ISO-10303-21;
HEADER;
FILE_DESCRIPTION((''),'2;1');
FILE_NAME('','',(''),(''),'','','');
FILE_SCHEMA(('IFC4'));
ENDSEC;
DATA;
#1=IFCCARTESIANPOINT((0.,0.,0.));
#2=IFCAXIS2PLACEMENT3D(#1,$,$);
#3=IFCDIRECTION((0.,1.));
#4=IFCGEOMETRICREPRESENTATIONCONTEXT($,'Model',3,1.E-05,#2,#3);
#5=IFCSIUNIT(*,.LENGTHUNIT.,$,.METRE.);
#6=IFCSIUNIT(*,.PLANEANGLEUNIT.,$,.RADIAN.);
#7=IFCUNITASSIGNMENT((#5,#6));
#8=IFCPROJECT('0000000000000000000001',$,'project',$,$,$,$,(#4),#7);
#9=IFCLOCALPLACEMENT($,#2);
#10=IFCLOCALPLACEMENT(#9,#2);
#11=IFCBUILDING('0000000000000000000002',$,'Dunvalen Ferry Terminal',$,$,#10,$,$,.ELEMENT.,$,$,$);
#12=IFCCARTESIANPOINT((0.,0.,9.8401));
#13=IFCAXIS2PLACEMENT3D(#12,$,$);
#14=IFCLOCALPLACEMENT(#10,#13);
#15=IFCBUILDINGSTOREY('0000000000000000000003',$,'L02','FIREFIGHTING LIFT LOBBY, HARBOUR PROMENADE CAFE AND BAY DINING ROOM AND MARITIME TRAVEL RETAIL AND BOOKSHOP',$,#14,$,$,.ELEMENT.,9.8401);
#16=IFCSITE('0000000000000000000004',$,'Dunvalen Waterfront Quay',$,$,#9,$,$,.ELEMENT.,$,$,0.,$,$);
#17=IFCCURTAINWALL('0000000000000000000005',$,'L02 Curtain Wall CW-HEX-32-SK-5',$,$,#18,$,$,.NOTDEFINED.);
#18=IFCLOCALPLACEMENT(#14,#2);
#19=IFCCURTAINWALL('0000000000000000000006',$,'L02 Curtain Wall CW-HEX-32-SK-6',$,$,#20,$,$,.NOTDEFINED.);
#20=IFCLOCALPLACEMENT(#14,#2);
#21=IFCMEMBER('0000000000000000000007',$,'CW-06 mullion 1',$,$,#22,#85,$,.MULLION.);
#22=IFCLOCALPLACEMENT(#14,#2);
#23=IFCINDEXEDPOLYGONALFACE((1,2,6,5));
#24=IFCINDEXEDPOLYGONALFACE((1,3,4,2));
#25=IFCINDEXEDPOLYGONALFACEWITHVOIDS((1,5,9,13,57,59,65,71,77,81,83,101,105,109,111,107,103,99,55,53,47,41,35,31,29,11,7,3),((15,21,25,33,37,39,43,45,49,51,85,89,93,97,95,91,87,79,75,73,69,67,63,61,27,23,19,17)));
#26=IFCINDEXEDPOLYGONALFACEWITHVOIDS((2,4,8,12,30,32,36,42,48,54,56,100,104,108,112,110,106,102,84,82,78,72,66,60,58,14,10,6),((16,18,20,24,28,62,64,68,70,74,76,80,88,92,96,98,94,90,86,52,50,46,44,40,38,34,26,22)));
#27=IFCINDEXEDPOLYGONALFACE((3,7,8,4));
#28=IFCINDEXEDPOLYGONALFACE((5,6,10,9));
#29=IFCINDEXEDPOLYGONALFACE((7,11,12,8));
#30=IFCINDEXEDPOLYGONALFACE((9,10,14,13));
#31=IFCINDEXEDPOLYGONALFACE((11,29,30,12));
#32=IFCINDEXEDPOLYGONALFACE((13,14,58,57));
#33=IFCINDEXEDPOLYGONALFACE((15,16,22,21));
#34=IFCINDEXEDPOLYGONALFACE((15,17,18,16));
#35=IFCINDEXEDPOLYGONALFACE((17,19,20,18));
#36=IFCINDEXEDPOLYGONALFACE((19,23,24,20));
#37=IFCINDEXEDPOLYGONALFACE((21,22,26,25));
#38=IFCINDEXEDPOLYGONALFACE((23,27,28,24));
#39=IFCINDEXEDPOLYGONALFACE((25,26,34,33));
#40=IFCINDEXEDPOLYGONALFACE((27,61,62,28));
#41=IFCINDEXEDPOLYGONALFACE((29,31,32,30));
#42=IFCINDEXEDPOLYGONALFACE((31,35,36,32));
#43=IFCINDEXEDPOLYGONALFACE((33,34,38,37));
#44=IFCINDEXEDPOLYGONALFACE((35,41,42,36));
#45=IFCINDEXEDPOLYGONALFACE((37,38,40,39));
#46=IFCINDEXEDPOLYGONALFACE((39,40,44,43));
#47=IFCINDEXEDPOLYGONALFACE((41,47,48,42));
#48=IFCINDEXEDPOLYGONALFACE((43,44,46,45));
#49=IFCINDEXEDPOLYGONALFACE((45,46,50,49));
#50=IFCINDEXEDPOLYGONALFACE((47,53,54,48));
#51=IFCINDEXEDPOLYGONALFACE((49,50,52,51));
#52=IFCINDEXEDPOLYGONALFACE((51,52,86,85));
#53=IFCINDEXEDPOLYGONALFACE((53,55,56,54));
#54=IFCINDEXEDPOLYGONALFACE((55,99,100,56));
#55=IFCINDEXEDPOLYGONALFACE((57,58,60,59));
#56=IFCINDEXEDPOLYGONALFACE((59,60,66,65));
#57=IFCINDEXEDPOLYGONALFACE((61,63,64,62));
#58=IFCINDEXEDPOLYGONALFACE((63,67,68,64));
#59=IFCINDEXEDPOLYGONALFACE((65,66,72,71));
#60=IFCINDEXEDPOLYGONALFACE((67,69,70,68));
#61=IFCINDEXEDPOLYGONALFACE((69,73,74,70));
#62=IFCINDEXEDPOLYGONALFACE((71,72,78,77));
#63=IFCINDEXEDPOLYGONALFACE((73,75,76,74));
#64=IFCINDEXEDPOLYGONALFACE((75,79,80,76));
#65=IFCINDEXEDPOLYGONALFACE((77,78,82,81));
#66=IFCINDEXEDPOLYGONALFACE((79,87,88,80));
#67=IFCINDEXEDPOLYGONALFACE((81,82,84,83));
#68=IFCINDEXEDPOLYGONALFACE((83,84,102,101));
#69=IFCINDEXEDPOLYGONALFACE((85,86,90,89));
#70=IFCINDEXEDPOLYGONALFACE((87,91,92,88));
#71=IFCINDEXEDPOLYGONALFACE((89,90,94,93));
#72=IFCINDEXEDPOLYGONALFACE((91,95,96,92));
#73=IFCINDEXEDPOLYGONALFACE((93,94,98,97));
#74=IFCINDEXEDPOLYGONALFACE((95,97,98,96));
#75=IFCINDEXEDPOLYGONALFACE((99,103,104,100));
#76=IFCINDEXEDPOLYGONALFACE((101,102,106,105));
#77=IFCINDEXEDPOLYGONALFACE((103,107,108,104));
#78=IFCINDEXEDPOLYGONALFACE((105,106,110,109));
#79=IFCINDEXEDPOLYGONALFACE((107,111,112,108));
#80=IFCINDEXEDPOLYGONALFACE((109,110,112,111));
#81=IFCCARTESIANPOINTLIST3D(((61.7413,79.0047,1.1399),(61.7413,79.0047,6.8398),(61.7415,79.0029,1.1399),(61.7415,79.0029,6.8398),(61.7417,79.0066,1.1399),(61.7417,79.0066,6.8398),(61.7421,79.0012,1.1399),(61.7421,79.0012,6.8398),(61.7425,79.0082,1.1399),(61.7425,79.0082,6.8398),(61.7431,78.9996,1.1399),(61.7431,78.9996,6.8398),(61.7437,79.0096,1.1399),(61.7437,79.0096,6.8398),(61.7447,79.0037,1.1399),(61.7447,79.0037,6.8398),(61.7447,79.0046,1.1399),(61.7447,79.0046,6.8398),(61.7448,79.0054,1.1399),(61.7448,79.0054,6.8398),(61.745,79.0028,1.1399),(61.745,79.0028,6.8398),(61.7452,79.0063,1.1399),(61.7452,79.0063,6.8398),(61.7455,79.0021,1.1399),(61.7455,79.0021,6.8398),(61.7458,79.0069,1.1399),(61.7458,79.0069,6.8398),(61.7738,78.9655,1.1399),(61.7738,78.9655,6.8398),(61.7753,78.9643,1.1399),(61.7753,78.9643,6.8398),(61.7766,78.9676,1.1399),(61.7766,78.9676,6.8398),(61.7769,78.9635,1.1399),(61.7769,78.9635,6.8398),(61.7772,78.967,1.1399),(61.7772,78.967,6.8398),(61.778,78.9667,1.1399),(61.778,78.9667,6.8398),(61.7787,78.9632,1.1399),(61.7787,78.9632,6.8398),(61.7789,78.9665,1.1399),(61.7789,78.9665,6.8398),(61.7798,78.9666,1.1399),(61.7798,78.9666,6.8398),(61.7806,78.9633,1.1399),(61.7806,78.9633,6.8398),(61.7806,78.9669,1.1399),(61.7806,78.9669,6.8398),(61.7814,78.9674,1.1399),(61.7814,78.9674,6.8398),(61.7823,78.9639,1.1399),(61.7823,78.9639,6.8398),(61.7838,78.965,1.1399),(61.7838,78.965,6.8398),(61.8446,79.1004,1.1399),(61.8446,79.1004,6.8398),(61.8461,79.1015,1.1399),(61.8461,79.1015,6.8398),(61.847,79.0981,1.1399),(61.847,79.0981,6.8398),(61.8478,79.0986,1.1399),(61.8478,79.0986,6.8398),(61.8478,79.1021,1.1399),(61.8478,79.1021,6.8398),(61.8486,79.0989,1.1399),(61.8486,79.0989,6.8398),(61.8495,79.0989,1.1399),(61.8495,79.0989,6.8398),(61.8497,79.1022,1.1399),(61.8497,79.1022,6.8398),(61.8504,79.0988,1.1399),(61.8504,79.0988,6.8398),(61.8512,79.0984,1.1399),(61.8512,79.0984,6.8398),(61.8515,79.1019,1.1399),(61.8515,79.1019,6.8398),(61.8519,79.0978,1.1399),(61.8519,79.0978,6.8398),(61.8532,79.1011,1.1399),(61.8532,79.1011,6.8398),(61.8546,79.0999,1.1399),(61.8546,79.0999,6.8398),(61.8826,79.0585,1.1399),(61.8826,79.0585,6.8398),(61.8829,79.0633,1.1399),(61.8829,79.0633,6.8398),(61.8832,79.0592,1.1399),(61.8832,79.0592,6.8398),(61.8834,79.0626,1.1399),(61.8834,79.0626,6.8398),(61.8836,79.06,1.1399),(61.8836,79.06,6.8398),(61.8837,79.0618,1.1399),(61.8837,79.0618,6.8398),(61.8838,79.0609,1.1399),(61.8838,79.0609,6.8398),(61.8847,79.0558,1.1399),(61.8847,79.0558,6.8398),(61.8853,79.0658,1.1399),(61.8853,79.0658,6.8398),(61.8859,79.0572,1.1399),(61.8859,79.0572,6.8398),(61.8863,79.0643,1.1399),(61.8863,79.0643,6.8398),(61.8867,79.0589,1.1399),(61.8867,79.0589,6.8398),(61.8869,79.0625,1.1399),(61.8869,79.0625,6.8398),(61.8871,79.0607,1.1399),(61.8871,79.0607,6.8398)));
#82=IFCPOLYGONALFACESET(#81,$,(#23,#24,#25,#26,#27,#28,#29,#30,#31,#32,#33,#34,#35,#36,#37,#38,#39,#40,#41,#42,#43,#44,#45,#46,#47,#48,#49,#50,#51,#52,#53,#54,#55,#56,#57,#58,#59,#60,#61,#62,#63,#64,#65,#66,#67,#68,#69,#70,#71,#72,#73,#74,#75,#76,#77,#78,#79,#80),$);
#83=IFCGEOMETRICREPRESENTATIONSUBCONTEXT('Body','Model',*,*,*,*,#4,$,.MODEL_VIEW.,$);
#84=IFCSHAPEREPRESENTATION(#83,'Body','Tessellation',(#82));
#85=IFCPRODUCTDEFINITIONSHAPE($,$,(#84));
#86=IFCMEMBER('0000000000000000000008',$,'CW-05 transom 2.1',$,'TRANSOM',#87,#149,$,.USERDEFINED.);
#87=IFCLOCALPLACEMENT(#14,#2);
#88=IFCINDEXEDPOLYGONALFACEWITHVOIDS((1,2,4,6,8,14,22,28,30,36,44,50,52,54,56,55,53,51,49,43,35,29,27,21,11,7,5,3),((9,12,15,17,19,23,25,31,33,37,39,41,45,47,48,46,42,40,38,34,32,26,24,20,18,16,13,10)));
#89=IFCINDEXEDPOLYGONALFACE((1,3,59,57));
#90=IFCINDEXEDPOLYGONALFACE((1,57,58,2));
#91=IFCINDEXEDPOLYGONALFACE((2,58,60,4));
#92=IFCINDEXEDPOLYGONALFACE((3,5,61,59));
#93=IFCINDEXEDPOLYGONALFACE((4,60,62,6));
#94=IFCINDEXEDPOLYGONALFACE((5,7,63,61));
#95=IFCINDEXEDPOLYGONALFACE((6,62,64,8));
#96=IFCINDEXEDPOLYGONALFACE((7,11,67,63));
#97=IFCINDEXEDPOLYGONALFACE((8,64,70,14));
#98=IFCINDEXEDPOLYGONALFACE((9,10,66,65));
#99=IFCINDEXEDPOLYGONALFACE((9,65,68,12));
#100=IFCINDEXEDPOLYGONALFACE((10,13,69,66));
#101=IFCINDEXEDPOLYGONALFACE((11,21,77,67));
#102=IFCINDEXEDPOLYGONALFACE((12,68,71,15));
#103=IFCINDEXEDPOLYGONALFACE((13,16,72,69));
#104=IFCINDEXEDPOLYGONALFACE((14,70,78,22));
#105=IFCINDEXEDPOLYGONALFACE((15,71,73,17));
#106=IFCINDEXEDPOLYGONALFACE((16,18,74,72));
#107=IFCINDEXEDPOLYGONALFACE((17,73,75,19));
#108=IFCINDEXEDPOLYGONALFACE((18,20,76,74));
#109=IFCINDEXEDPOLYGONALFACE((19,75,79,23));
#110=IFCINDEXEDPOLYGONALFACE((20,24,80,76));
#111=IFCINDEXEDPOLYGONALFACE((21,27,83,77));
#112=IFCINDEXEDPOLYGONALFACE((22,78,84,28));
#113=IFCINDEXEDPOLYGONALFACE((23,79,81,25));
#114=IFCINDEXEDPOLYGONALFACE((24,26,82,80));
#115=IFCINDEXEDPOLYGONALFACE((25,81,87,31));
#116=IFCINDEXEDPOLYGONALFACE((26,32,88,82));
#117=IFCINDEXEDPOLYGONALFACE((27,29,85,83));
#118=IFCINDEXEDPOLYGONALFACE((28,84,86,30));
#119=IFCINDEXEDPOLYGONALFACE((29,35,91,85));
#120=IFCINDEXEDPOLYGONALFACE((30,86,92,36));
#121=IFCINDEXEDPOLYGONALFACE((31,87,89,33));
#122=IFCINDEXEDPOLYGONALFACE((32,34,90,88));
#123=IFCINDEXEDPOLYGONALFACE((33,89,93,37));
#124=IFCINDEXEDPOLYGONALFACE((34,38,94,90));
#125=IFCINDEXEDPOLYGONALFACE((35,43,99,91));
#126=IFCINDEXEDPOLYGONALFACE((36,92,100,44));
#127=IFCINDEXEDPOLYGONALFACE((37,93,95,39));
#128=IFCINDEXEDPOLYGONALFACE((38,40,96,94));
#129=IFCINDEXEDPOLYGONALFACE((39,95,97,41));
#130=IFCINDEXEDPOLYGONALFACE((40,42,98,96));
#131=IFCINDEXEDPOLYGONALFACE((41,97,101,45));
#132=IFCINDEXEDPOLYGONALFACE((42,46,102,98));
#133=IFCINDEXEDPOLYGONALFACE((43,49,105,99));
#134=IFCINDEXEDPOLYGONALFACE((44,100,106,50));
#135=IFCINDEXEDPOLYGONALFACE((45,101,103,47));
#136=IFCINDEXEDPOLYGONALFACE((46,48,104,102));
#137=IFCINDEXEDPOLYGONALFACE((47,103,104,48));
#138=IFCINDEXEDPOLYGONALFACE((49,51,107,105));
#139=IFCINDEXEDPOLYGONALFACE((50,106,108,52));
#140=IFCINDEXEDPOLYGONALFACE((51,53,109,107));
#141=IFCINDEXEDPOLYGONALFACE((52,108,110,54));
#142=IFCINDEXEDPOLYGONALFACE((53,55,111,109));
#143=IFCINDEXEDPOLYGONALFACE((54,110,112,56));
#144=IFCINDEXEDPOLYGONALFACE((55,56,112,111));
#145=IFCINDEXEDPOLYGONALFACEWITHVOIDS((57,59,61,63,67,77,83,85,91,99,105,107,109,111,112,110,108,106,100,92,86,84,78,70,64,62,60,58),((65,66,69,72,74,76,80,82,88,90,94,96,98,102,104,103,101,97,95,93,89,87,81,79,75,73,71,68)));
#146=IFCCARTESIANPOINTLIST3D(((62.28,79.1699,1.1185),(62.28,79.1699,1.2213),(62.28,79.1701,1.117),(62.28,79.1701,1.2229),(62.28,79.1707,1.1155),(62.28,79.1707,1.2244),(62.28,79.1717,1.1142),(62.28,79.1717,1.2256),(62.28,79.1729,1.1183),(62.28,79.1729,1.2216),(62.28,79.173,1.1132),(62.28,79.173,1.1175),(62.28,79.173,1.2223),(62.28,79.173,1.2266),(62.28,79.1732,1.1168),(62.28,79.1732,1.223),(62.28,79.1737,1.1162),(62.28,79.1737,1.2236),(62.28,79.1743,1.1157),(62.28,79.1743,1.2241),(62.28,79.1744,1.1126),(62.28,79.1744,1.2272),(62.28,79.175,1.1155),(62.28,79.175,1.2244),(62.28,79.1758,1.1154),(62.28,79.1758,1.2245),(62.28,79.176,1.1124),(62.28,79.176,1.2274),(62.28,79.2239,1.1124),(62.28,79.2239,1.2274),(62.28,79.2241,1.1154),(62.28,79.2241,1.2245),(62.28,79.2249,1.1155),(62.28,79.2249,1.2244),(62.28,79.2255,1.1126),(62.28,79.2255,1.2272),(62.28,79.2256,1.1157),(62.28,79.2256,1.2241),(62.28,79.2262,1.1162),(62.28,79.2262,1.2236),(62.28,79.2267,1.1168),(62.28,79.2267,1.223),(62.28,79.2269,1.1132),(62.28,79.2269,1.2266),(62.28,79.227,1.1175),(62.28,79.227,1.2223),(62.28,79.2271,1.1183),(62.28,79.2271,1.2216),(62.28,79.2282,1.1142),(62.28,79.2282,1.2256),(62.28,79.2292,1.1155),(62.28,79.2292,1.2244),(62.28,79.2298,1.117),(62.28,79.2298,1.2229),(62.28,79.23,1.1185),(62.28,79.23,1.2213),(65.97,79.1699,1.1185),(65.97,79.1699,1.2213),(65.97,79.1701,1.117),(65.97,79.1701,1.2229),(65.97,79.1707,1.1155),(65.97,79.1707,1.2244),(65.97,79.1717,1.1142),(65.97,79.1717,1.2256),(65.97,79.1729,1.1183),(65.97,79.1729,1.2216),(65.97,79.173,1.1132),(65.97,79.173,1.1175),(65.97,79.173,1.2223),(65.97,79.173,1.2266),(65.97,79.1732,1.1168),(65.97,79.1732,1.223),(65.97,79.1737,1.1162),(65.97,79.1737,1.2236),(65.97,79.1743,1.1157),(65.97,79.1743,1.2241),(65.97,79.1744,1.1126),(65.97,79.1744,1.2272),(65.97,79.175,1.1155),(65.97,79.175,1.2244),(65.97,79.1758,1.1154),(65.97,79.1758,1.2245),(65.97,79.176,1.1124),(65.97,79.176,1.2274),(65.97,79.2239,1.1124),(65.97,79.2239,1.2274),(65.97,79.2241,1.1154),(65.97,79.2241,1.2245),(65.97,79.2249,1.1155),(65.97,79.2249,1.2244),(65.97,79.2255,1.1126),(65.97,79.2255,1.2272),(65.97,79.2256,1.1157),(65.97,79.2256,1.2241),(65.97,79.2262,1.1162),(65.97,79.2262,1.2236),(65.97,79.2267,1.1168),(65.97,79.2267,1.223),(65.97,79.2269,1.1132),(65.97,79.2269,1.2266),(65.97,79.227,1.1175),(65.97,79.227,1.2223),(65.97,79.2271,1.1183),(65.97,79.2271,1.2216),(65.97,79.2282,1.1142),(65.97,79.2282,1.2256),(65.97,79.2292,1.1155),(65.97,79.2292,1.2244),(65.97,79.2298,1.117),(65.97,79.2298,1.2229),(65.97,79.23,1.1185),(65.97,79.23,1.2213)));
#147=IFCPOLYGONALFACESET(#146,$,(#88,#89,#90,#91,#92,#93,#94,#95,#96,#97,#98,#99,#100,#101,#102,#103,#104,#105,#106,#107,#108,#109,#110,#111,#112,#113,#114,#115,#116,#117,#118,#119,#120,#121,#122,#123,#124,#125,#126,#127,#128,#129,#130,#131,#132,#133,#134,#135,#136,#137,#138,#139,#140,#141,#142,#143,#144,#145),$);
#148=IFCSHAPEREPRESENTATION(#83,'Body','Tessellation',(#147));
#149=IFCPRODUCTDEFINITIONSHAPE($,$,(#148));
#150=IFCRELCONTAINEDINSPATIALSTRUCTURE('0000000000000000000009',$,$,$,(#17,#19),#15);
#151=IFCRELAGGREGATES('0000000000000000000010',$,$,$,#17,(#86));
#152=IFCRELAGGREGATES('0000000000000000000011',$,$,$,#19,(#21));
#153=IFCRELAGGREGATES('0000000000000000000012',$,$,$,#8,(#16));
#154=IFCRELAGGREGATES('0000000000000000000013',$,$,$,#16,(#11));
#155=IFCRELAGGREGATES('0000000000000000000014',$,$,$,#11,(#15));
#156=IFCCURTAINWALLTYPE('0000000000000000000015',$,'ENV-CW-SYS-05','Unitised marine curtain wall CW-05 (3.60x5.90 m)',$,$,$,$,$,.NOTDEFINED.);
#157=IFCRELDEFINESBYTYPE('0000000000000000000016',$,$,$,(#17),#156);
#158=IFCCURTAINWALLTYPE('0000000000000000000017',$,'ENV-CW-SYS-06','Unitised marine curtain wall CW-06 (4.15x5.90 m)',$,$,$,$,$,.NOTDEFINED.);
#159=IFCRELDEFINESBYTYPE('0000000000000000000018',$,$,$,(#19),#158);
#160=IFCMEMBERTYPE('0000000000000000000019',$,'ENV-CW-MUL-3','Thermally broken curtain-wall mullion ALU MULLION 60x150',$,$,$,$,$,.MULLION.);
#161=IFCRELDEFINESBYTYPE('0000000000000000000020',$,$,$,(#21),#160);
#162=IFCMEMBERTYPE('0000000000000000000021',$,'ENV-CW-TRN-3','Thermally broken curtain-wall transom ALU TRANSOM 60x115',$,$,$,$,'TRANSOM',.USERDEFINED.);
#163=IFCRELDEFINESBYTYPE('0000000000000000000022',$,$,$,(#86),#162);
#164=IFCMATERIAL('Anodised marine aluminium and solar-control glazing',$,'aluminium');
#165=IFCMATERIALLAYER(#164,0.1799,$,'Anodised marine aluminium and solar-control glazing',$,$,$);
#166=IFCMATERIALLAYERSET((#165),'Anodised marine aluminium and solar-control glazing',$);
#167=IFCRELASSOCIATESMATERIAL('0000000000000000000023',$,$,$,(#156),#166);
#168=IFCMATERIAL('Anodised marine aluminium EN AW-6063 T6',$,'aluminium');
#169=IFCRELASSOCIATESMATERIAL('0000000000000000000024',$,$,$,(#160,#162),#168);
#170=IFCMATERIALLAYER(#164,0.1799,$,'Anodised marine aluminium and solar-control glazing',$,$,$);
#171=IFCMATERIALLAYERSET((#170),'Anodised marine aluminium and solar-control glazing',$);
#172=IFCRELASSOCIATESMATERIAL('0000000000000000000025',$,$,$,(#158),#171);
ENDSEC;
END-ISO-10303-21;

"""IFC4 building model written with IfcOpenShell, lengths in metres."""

from ifc_helpers import new_model, si_unit, direction, frame, origin, origin_2d, place, context, subcontext, project, spatial, hollow_rectangle, extrude, material, layer, layer_set, material_profile, profile_set, type_object, element, aggregate, save


model = new_model("IFC4")

# Units and contexts
model_context = context("Model", 3, precision=1e-05, world=origin(), true_north=direction((0.0, 1.0)))
body_context = subcontext(model_context, "Body", "Model", "MODEL_VIEW")
ifc_project = project(units=[si_unit("LENGTHUNIT", "METRE"), si_unit("PLANEANGLEUNIT", "RADIAN")], contexts=[model_context])

# Site, building, storey
site_placement = place(None, origin())
site = spatial("IfcSite", under=ifc_project, at=site_placement, Name="Dunvalen Waterfront Quay", CompositionType="ELEMENT", RefElevation=0.0)
building_placement = place(site_placement, origin())
building = spatial("IfcBuilding", under=site, at=building_placement, Name="Dunvalen Ferry Terminal", CompositionType="ELEMENT")
storey_placement = place(building_placement, frame((0.0, 0.0, 9.8401)))
storey = spatial("IfcBuildingStorey", under=building, at=storey_placement, Name="L02", Description="FIREFIGHTING LIFT LOBBY, HARBOUR PROMENADE CAFE AND BAY DINING ROOM AND MARITIME TRAVEL RETAIL AND BOOKSHOP", CompositionType="ELEMENT", Elevation=9.8401)

# Curtain wall
ifc_material_1 = material(Name="Anodised marine aluminium and solar-control glazing", Category="aluminium")
ifc_layer_1 = layer(ifc_material_1, 0.1799, Name="Anodised marine aluminium and solar-control glazing")
ifc_layer_set_1 = layer_set([ifc_layer_1], Name="Anodised marine aluminium and solar-control glazing")
curtain_wall_type_1 = type_object("IfcCurtainWallType", Name="ENV-CW-SYS-05", Description="Unitised marine curtain wall CW-05 (3.60x5.90 m)", PredefinedType="NOTDEFINED", material=ifc_layer_set_1)
curtain_wall_1_placement = place(storey_placement, origin())
curtain_wall_1 = element("IfcCurtainWall", 1, at=curtain_wall_1_placement, inside=storey, type_object=curtain_wall_type_1, Name="L02 Curtain Wall CW-HEX-32-SK-5", PredefinedType="NOTDEFINED")
ifc_material_2 = material(Name="Anodised marine aluminium EN AW-6063 T6", Category="aluminium")
ifc_material_profile_1 = material_profile(ifc_material_2, hollow_rectangle(XDim=0.0601, YDim=0.1499, WallThickness=0.0034, InnerFilletRadius=0.0034, OuterFilletRadius=0.0071, at=origin_2d()), Name="Anodised marine aluminium EN AW-6063 T6")
ifc_profile_set_1 = profile_set([ifc_material_profile_1], Name="Anodised marine aluminium EN AW-6063 T6")
member_type_1 = type_object("IfcMemberType", Name="ENV-CW-MUL-3", Description="Thermally broken curtain-wall mullion ALU MULLION 60x150", PredefinedType="MULLION", material=ifc_profile_set_1)

# Curtain wall, member
ifc_layer_2 = layer(ifc_material_1, 0.1799, Name="Anodised marine aluminium and solar-control glazing")
ifc_layer_set_2 = layer_set([ifc_layer_2], Name="Anodised marine aluminium and solar-control glazing")
curtain_wall_type_2 = type_object("IfcCurtainWallType", Name="ENV-CW-SYS-06", Description="Unitised marine curtain wall CW-06 (4.15x5.90 m)", PredefinedType="NOTDEFINED", material=ifc_layer_set_2)
curtain_wall_2_placement = place(storey_placement, origin())
curtain_wall_2 = element("IfcCurtainWall", 2, at=curtain_wall_2_placement, inside=storey, type_object=curtain_wall_type_2, Name="L02 Curtain Wall CW-HEX-32-SK-6", PredefinedType="NOTDEFINED")
member_1_placement = place(storey_placement, frame((61.8142, 79.0327, 1.1399), z_axis=(0.0, 0.0, 1.0), x_axis=(0.668954, -0.743304, 0.0)))
member_1 = element("IfcMember", 3, at=member_1_placement, type_object=member_type_1, Name="CW-06 mullion 1", PredefinedType="MULLION", context=body_context, shape_type="SweptSolid", body=[
    extrude(hollow_rectangle(XDim=0.0601, YDim=0.1499, WallThickness=0.0034, InnerFilletRadius=0.0034, OuterFilletRadius=0.0071, at=origin_2d()), origin(), (0.0, 0.0, 1.0), 5.7),
])

# Member
ifc_material_profile_2 = material_profile(ifc_material_2, hollow_rectangle(XDim=0.0601, YDim=0.115, WallThickness=0.0029, InnerFilletRadius=0.0029, OuterFilletRadius=0.0061, at=origin_2d()), Name="Anodised marine aluminium EN AW-6063 T6")
ifc_profile_set_2 = profile_set([ifc_material_profile_2], Name="Anodised marine aluminium EN AW-6063 T6")
member_type_2 = type_object("IfcMemberType", Name="ENV-CW-TRN-3", Description="Thermally broken curtain-wall transom ALU TRANSOM 60x115", ElementType="TRANSOM", PredefinedType="USERDEFINED", material=ifc_profile_set_2)
member_2_placement = place(storey_placement, frame((65.97, 79.2, 1.1699), z_axis=(-1.0, 0.0, 0.0), x_axis=(0.0, -1.0, 0.0)))
member_2 = element("IfcMember", 4, at=member_2_placement, type_object=member_type_2, Name="CW-05 transom 2.1", ObjectType="TRANSOM", PredefinedType="USERDEFINED", context=body_context, shape_type="SweptSolid", body=[
    extrude(hollow_rectangle(XDim=0.0601, YDim=0.115, WallThickness=0.0029, InnerFilletRadius=0.0029, OuterFilletRadius=0.0061, at=origin_2d()), origin(), (0.0, 0.0, 1.0), 3.6899),
])

aggregate(curtain_wall_1, [member_2])
aggregate(curtain_wall_2, [member_1])

save(model, "model.ifc")
